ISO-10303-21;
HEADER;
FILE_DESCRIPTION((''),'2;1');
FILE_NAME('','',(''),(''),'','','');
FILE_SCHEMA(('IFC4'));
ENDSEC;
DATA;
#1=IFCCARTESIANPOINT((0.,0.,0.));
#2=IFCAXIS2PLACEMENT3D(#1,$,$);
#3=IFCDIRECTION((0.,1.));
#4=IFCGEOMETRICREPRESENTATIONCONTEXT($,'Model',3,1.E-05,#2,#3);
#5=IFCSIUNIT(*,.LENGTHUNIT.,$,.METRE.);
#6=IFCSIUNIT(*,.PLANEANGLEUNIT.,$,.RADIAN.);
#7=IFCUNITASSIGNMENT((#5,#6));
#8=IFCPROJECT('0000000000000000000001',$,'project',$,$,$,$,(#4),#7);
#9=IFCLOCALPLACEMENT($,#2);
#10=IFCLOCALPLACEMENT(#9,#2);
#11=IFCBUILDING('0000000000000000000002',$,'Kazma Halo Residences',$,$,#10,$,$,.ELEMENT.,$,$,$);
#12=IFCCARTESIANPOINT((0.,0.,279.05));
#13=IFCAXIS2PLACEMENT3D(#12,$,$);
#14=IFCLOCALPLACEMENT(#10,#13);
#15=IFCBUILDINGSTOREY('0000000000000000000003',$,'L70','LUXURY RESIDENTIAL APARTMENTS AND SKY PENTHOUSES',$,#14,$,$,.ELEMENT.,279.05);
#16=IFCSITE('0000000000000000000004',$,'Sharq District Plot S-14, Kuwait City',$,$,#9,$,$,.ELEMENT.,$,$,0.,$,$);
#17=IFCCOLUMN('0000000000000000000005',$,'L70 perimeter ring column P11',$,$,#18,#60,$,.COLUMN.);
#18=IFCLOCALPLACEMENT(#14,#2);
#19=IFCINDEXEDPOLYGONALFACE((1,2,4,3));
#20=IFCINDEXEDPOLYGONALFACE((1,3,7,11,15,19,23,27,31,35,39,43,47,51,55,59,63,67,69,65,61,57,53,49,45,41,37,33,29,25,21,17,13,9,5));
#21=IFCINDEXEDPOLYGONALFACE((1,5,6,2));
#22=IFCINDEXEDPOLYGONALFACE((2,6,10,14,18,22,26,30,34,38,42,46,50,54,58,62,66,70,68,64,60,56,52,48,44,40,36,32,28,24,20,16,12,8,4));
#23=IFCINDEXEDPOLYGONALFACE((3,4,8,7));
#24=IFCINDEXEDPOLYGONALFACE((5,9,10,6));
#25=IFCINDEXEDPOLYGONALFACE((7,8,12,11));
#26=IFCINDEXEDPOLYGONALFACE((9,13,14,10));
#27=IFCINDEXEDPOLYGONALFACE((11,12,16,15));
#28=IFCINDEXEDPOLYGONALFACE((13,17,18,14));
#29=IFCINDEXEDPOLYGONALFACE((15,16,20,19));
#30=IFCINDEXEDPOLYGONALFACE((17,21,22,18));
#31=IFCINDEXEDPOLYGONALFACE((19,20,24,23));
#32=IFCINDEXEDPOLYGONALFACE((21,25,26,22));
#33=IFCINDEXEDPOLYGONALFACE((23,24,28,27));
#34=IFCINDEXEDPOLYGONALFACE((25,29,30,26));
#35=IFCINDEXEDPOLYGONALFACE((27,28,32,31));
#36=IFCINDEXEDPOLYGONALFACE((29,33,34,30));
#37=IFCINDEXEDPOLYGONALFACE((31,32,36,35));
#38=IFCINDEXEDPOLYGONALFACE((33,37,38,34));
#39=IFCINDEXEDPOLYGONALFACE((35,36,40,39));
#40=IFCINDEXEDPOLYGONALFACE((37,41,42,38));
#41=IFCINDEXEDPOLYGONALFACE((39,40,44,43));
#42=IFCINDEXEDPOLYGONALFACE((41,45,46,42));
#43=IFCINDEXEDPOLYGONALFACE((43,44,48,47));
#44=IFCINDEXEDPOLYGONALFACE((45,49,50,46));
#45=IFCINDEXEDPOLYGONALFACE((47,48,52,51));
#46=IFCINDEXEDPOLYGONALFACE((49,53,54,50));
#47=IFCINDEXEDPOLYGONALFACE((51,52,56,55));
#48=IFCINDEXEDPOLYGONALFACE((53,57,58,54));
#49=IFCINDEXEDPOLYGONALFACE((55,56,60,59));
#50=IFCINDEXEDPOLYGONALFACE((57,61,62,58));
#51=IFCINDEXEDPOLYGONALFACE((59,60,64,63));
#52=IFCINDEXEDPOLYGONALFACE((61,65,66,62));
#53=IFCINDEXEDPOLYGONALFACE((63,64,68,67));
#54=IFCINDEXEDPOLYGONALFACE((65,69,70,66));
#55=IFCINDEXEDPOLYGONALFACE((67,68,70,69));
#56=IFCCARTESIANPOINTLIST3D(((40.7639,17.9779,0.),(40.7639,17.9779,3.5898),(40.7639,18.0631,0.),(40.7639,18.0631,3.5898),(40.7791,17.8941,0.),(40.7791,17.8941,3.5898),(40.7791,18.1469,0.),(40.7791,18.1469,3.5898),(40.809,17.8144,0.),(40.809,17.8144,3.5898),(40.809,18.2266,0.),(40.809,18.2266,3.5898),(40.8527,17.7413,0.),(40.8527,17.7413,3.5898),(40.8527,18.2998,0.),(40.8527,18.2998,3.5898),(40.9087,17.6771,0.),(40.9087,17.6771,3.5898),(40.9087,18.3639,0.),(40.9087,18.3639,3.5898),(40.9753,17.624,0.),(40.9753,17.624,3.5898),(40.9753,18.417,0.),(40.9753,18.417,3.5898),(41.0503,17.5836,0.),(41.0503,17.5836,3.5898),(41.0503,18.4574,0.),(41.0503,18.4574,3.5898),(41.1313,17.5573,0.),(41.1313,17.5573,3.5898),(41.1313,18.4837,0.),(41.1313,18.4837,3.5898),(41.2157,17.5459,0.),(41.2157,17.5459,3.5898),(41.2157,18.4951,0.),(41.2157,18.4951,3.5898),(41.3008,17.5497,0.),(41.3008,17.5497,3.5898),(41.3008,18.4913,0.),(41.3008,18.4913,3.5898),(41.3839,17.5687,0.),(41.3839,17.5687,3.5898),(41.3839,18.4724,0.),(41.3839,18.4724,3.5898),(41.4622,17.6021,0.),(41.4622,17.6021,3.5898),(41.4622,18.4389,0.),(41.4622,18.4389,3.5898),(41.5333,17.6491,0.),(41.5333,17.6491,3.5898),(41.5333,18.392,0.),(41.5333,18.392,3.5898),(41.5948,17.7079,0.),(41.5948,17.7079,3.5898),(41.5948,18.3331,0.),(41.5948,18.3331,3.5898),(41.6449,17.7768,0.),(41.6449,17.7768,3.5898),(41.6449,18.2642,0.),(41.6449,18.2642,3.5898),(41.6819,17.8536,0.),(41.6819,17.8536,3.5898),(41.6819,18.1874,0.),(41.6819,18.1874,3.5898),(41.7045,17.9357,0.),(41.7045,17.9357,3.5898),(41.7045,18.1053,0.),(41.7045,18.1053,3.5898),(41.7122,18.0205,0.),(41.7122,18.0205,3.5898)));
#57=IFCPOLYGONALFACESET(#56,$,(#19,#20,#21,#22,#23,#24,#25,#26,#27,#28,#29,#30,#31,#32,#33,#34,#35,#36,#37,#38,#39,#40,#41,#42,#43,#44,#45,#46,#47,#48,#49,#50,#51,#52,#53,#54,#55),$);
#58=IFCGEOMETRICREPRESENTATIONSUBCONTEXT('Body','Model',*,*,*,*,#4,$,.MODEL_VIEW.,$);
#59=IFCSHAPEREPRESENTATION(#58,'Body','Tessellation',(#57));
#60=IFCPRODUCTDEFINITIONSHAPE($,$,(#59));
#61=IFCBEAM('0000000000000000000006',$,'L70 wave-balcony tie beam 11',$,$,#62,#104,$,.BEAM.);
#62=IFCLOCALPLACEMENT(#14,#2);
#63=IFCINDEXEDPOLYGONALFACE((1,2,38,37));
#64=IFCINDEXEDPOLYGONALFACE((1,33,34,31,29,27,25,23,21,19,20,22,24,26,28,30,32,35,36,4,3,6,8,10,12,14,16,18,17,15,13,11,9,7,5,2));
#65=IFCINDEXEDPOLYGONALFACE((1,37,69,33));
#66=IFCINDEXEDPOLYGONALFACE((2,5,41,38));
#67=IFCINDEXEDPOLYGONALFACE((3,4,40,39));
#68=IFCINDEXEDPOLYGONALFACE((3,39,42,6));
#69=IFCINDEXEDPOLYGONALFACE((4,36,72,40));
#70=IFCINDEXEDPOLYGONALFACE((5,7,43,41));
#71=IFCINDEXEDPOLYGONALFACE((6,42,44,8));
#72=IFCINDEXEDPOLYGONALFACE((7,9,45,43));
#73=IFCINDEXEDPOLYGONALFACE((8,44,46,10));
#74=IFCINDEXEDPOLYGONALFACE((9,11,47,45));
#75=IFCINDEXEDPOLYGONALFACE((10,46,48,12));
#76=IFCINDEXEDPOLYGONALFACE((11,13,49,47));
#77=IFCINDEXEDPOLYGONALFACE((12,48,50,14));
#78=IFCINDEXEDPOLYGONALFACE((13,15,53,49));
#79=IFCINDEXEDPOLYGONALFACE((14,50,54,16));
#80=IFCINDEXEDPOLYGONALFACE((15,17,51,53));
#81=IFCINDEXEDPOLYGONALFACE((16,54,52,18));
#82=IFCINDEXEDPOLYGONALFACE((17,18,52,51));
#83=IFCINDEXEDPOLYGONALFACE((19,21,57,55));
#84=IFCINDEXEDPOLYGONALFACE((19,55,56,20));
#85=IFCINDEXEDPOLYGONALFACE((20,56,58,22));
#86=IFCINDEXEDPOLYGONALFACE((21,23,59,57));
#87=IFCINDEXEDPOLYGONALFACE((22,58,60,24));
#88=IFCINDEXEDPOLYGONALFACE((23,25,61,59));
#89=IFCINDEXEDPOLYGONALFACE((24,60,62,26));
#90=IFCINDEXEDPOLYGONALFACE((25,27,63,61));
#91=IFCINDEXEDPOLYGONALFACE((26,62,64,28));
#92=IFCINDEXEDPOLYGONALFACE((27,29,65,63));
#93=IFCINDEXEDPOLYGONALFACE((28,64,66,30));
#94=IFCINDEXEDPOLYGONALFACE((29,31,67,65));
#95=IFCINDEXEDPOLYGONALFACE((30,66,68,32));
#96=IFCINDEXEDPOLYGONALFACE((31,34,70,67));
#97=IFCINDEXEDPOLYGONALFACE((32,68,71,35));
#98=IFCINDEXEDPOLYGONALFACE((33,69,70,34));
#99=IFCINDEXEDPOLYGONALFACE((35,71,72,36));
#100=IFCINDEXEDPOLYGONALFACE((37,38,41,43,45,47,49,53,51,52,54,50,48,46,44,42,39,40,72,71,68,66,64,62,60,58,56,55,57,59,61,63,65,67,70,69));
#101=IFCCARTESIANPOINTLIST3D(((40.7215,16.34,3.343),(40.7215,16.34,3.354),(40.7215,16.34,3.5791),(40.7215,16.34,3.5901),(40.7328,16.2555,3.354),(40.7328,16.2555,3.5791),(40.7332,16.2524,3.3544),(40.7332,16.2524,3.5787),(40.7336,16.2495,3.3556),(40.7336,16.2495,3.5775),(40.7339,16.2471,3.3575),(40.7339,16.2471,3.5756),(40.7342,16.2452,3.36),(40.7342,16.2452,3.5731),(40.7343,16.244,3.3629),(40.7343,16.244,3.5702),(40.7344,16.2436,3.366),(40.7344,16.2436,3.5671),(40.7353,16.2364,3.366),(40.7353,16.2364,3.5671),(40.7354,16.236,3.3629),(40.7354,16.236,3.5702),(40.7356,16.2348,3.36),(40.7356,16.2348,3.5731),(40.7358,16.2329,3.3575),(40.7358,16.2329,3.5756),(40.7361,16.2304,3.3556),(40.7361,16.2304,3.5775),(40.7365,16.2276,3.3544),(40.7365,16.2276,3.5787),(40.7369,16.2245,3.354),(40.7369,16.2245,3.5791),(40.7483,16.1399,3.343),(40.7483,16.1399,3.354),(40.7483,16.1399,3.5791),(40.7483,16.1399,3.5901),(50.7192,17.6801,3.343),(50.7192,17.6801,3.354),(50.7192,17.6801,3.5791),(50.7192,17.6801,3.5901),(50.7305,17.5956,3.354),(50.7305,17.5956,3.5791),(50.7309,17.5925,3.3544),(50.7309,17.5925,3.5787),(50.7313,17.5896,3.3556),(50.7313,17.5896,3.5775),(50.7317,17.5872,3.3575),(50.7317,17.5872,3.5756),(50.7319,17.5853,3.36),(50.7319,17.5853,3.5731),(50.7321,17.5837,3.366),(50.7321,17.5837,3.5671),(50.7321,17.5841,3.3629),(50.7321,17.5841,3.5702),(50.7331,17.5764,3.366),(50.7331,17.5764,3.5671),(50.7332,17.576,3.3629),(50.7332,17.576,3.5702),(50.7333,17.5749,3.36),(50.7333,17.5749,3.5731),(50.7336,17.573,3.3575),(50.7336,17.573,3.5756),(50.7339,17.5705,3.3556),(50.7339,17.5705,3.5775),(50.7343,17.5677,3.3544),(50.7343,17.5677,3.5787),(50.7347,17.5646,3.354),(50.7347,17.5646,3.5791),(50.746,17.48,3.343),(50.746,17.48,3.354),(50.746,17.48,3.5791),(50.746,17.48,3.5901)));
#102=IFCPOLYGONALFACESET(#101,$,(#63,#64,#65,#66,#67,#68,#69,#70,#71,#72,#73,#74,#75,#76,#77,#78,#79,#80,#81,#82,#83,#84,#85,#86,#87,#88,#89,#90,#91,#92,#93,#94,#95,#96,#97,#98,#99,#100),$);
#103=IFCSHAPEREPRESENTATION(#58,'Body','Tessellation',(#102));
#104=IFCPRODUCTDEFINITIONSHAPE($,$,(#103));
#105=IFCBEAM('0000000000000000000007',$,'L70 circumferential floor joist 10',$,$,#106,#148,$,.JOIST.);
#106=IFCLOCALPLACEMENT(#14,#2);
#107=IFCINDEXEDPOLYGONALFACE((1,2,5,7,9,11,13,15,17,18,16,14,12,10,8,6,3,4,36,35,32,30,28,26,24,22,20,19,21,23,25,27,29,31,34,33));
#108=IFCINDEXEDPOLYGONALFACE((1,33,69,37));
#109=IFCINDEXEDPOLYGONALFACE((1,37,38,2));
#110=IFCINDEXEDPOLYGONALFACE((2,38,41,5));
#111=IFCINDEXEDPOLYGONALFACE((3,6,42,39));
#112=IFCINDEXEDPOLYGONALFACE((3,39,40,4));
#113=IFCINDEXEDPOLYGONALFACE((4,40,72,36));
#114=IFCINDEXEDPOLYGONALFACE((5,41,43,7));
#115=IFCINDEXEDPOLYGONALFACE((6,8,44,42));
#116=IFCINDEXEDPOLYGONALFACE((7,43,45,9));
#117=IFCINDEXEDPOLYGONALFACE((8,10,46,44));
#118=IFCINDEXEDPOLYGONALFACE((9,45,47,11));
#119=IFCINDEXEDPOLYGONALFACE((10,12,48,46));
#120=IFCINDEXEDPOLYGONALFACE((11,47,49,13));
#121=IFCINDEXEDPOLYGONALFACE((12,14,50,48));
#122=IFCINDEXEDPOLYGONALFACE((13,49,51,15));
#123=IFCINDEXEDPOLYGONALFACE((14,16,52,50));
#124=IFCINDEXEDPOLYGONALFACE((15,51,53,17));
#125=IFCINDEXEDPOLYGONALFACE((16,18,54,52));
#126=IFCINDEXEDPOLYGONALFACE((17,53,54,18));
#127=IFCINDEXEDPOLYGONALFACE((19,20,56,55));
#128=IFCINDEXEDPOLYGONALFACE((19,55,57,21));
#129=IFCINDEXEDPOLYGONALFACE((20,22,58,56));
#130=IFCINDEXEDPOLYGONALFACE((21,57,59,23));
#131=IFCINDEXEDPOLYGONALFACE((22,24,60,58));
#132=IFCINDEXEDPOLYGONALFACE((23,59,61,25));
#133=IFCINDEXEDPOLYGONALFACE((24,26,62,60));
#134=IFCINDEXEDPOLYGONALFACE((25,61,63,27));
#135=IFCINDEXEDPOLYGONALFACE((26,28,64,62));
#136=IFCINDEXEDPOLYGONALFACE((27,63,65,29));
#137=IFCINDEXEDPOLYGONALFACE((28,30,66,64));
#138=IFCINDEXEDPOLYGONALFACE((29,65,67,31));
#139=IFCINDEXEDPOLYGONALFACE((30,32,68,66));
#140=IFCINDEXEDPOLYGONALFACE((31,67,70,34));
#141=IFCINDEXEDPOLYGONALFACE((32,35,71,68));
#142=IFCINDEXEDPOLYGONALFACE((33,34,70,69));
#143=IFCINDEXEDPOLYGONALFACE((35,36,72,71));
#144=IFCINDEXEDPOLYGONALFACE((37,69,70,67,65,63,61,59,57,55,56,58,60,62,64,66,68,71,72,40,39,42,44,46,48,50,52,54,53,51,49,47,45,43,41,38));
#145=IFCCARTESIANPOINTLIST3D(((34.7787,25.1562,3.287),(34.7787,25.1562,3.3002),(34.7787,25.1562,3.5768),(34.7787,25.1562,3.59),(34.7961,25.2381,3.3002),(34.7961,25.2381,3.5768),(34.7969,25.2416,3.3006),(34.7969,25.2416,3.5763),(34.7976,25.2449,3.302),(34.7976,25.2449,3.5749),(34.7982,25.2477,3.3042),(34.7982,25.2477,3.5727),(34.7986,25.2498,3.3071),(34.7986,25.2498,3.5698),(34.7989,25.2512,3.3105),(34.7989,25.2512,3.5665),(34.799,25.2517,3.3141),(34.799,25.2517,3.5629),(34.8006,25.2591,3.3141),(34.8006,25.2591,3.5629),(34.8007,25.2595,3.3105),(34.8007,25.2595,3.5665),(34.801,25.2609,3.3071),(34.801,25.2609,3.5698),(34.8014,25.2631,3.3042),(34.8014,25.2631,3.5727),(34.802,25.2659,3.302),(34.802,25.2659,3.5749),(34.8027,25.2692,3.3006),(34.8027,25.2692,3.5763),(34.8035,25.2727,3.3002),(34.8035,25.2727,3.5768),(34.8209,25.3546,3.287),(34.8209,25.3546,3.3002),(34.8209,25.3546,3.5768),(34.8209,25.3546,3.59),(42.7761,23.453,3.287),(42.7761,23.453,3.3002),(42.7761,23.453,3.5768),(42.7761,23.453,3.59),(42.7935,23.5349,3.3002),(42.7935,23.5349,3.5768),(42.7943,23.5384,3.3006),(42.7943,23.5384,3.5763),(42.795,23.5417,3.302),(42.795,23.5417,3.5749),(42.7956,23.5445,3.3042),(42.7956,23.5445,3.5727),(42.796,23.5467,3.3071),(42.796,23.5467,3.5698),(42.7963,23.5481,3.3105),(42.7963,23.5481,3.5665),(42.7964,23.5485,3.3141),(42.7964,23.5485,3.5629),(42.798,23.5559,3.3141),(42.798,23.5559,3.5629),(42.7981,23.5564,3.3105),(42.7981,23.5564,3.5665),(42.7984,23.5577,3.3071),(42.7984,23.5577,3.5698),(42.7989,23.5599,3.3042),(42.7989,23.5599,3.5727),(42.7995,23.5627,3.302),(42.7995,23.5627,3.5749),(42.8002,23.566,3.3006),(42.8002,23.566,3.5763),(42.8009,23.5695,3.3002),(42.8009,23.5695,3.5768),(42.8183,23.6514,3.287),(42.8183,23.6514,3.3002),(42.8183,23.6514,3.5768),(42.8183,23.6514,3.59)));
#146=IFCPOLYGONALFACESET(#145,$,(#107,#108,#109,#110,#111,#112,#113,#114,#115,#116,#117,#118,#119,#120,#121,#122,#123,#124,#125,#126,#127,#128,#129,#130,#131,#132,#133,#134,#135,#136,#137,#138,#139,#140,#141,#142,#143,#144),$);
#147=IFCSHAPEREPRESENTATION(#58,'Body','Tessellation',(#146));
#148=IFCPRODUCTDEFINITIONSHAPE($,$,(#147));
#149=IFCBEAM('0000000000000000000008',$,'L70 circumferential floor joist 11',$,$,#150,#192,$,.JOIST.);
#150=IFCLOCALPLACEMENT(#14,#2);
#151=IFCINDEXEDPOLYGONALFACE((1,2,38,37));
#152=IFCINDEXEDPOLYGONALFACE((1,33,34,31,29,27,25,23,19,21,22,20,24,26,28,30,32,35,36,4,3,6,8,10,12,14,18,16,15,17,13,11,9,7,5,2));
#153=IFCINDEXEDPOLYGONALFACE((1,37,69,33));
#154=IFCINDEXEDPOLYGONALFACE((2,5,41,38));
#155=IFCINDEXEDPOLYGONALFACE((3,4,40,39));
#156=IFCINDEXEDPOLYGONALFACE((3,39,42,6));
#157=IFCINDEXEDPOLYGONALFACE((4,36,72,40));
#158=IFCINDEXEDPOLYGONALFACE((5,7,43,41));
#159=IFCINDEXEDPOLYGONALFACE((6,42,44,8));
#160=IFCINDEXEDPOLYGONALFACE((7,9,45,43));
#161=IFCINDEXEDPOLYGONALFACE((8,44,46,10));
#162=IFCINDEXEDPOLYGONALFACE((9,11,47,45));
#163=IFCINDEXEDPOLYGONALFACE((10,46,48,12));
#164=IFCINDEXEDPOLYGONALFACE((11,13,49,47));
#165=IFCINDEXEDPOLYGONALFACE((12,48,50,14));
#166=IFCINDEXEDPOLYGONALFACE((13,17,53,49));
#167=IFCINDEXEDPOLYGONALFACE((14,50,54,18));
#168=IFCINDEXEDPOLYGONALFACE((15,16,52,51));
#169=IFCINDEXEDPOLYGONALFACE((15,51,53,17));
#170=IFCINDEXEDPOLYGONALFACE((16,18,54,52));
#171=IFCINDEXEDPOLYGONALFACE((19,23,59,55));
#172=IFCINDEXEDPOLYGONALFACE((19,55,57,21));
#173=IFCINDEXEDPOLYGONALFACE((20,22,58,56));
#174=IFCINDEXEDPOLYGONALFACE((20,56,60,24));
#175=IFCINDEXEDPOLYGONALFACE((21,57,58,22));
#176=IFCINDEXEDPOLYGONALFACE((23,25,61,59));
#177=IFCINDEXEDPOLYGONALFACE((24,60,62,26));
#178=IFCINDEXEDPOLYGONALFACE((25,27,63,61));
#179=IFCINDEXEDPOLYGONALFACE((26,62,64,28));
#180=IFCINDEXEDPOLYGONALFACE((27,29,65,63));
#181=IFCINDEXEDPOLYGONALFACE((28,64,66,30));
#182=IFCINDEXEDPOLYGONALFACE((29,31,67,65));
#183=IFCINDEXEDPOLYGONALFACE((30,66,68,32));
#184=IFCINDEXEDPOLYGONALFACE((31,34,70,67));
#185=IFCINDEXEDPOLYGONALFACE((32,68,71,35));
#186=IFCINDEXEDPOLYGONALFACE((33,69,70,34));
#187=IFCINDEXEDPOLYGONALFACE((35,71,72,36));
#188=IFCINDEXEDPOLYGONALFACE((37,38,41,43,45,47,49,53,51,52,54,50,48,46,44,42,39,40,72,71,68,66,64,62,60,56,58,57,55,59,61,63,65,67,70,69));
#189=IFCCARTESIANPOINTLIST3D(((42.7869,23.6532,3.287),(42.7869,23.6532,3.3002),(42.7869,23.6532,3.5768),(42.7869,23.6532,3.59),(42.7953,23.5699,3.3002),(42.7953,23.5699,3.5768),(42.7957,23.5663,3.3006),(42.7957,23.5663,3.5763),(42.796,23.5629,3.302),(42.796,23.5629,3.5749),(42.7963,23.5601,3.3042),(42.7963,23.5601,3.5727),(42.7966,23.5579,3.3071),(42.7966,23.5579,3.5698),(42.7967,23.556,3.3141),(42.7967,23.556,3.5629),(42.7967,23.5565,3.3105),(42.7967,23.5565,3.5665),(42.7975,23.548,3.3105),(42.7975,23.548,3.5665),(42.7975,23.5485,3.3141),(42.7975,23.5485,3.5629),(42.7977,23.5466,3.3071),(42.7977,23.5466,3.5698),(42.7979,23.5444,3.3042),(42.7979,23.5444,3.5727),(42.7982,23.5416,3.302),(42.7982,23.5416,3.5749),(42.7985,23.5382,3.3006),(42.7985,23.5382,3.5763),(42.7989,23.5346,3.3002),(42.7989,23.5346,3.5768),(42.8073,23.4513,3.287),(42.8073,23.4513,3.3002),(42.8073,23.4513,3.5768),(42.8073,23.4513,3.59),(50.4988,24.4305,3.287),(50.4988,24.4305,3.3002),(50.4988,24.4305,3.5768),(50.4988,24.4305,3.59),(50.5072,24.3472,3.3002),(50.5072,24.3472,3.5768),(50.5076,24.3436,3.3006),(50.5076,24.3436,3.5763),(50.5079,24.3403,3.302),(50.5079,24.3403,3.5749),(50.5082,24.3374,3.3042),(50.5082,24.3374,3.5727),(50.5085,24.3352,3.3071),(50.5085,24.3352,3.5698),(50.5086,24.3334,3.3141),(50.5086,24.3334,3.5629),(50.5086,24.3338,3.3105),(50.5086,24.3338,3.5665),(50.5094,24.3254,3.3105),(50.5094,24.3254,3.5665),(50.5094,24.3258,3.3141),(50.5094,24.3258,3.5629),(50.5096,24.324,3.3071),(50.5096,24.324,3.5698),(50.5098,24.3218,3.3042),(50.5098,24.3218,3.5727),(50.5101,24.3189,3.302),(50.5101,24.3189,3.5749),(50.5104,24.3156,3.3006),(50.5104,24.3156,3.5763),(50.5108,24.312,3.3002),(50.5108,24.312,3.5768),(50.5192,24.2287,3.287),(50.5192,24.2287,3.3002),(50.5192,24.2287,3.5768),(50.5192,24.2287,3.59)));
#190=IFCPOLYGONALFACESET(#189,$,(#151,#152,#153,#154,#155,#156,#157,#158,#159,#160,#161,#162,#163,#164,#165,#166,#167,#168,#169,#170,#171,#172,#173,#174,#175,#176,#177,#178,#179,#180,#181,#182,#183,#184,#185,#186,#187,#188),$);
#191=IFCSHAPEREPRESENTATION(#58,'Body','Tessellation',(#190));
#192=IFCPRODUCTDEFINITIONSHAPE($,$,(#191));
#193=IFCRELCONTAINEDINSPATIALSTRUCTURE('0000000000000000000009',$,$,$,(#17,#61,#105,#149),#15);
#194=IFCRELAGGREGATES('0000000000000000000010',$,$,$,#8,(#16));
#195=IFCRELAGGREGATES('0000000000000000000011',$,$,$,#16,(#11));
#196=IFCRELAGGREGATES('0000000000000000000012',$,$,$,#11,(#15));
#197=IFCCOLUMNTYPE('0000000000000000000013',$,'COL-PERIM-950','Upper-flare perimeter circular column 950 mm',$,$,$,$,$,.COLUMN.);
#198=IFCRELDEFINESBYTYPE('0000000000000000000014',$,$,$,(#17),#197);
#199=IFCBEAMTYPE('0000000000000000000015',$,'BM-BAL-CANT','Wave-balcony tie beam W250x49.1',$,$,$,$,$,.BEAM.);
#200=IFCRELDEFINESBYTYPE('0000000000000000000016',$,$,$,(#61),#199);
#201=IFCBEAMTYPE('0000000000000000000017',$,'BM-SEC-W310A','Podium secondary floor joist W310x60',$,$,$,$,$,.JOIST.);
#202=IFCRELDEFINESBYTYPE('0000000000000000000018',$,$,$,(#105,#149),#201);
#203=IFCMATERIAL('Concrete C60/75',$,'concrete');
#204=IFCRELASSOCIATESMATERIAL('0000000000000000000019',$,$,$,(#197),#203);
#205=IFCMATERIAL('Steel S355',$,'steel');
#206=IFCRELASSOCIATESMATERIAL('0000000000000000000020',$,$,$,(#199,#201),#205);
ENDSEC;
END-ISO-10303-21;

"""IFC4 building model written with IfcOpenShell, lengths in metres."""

from ifc_helpers import new_model, si_unit, direction, frame, origin, origin_2d, place, context, subcontext, project, spatial, circle, i_section, extrude, material, material_profile, profile_set, type_object, element, save


model = new_model("IFC4")

# Units and contexts
model_context = context("Model", 3, precision=1e-05, world=origin(), true_north=direction((0.0, 1.0)))
body_context = subcontext(model_context, "Body", "Model", "MODEL_VIEW")
ifc_project = project(units=[si_unit("LENGTHUNIT", "METRE"), si_unit("PLANEANGLEUNIT", "RADIAN")], contexts=[model_context])

# Site, building, storey
site_placement = place(None, origin())
site = spatial("IfcSite", under=ifc_project, at=site_placement, Name="Sharq District Plot S-14, Kuwait City", CompositionType="ELEMENT", RefElevation=0.0)
building_placement = place(site_placement, origin())
building = spatial("IfcBuilding", under=site, at=building_placement, Name="Kazma Halo Residences", CompositionType="ELEMENT")
storey_placement = place(building_placement, frame((0.0, 0.0, 279.05)))
storey = spatial("IfcBuildingStorey", under=building, at=storey_placement, Name="L70", Description="LUXURY RESIDENTIAL APARTMENTS AND SKY PENTHOUSES", CompositionType="ELEMENT", Elevation=279.05)

# Column
ifc_material_1 = material(Name="Concrete C60/75", Category="concrete")
ifc_material_profile_1 = material_profile(ifc_material_1, circle(Radius=0.4751, at=origin_2d()), Name="CIRC950")
ifc_profile_set_1 = profile_set([ifc_material_profile_1], Name="Concrete C60/75")
column_type = type_object("IfcColumnType", Name="COL-PERIM-950", Description="Upper-flare perimeter circular column 950 mm", PredefinedType="COLUMN", material=ifc_profile_set_1)
column_placement = place(storey_placement, frame((41.2371, 18.0205, 0.0), z_axis=(0.0, 0.0, 1.0), x_axis=(1.0, 0.0, 0.0)))
element("IfcColumn", 1, at=column_placement, inside=storey, type_object=column_type, Name="L70 perimeter ring column P11", PredefinedType="COLUMN", context=body_context, shape_type="SweptSolid", body=[
    extrude(circle(Radius=0.4751, at=origin_2d()), origin(), (0.0, 0.0, 1.0), 3.5898),
])

# Beams
ifc_material_2 = material(Name="Steel S355", Category="steel")
ifc_material_profile_2 = material_profile(ifc_material_2, i_section(OverallWidth=0.2019, OverallDepth=0.2471, WebThickness=0.0073, FlangeThickness=0.011, FilletRadius=0.012, at=origin_2d()), Name="W250x49.1")
ifc_profile_set_2 = profile_set([ifc_material_profile_2], Name="Steel S355")
beam_type_1 = type_object("IfcBeamType", Name="BM-BAL-CANT", Description="Wave-balcony tie beam W250x49.1", PredefinedType="BEAM", material=ifc_profile_set_2)
beam_1_placement = place(storey_placement, frame((40.7349, 16.24, 3.4666), z_axis=(0.991136, 0.13285, 0.0), x_axis=(-0.13285, 0.991136, 0.0)))
element("IfcBeam", 2, at=beam_1_placement, inside=storey, type_object=beam_type_1, Name="L70 wave-balcony tie beam 11", PredefinedType="BEAM", context=body_context, shape_type="SweptSolid", body=[
    extrude(i_section(OverallWidth=0.2019, OverallDepth=0.2471, WebThickness=0.0073, FlangeThickness=0.011, FilletRadius=0.012, at=origin_2d()), origin(), (0.0, 0.0, 1.0), 10.0872),
])
ifc_material_profile_3 = material_profile(ifc_material_2, i_section(OverallWidth=0.2029, OverallDepth=0.303, WebThickness=0.0076, FlangeThickness=0.0132, FilletRadius=0.0139, at=origin_2d()), Name="W310x60")
ifc_profile_set_3 = profile_set([ifc_material_profile_3], Name="Steel S355")
beam_type_2 = type_object("IfcBeamType", Name="BM-SEC-W310A", Description="Podium secondary floor joist W310x60", PredefinedType="JOIST", material=ifc_profile_set_3)
beam_2_placement = place(storey_placement, frame((34.7998, 25.2554, 3.4385), z_axis=(0.978067, -0.208291, 0.0), x_axis=(0.208291, 0.978067, 0.0)))
element("IfcBeam", 3, at=beam_2_placement, inside=storey, type_object=beam_type_2, Name="L70 circumferential floor joist 10", PredefinedType="JOIST", context=body_context, shape_type="SweptSolid", body=[
    extrude(i_section(OverallWidth=0.2029, OverallDepth=0.303, WebThickness=0.0076, FlangeThickness=0.0132, FilletRadius=0.0139, at=origin_2d()), origin(), (0.0, 0.0, 1.0), 8.1768),
])
beam_3_placement = place(storey_placement, frame((42.7971, 23.5522, 3.4385), z_axis=(0.994958, 0.10029, 0.0), x_axis=(-0.10029, 0.994958, 0.0)))
element("IfcBeam", 4, at=beam_3_placement, inside=storey, type_object=beam_type_2, Name="L70 circumferential floor joist 11", PredefinedType="JOIST", context=body_context, shape_type="SweptSolid", body=[
    extrude(i_section(OverallWidth=0.2029, OverallDepth=0.303, WebThickness=0.0076, FlangeThickness=0.0132, FilletRadius=0.0139, at=origin_2d()), origin(), (0.0, 0.0, 1.0), 7.751),
])

save(model, "model.ifc")
